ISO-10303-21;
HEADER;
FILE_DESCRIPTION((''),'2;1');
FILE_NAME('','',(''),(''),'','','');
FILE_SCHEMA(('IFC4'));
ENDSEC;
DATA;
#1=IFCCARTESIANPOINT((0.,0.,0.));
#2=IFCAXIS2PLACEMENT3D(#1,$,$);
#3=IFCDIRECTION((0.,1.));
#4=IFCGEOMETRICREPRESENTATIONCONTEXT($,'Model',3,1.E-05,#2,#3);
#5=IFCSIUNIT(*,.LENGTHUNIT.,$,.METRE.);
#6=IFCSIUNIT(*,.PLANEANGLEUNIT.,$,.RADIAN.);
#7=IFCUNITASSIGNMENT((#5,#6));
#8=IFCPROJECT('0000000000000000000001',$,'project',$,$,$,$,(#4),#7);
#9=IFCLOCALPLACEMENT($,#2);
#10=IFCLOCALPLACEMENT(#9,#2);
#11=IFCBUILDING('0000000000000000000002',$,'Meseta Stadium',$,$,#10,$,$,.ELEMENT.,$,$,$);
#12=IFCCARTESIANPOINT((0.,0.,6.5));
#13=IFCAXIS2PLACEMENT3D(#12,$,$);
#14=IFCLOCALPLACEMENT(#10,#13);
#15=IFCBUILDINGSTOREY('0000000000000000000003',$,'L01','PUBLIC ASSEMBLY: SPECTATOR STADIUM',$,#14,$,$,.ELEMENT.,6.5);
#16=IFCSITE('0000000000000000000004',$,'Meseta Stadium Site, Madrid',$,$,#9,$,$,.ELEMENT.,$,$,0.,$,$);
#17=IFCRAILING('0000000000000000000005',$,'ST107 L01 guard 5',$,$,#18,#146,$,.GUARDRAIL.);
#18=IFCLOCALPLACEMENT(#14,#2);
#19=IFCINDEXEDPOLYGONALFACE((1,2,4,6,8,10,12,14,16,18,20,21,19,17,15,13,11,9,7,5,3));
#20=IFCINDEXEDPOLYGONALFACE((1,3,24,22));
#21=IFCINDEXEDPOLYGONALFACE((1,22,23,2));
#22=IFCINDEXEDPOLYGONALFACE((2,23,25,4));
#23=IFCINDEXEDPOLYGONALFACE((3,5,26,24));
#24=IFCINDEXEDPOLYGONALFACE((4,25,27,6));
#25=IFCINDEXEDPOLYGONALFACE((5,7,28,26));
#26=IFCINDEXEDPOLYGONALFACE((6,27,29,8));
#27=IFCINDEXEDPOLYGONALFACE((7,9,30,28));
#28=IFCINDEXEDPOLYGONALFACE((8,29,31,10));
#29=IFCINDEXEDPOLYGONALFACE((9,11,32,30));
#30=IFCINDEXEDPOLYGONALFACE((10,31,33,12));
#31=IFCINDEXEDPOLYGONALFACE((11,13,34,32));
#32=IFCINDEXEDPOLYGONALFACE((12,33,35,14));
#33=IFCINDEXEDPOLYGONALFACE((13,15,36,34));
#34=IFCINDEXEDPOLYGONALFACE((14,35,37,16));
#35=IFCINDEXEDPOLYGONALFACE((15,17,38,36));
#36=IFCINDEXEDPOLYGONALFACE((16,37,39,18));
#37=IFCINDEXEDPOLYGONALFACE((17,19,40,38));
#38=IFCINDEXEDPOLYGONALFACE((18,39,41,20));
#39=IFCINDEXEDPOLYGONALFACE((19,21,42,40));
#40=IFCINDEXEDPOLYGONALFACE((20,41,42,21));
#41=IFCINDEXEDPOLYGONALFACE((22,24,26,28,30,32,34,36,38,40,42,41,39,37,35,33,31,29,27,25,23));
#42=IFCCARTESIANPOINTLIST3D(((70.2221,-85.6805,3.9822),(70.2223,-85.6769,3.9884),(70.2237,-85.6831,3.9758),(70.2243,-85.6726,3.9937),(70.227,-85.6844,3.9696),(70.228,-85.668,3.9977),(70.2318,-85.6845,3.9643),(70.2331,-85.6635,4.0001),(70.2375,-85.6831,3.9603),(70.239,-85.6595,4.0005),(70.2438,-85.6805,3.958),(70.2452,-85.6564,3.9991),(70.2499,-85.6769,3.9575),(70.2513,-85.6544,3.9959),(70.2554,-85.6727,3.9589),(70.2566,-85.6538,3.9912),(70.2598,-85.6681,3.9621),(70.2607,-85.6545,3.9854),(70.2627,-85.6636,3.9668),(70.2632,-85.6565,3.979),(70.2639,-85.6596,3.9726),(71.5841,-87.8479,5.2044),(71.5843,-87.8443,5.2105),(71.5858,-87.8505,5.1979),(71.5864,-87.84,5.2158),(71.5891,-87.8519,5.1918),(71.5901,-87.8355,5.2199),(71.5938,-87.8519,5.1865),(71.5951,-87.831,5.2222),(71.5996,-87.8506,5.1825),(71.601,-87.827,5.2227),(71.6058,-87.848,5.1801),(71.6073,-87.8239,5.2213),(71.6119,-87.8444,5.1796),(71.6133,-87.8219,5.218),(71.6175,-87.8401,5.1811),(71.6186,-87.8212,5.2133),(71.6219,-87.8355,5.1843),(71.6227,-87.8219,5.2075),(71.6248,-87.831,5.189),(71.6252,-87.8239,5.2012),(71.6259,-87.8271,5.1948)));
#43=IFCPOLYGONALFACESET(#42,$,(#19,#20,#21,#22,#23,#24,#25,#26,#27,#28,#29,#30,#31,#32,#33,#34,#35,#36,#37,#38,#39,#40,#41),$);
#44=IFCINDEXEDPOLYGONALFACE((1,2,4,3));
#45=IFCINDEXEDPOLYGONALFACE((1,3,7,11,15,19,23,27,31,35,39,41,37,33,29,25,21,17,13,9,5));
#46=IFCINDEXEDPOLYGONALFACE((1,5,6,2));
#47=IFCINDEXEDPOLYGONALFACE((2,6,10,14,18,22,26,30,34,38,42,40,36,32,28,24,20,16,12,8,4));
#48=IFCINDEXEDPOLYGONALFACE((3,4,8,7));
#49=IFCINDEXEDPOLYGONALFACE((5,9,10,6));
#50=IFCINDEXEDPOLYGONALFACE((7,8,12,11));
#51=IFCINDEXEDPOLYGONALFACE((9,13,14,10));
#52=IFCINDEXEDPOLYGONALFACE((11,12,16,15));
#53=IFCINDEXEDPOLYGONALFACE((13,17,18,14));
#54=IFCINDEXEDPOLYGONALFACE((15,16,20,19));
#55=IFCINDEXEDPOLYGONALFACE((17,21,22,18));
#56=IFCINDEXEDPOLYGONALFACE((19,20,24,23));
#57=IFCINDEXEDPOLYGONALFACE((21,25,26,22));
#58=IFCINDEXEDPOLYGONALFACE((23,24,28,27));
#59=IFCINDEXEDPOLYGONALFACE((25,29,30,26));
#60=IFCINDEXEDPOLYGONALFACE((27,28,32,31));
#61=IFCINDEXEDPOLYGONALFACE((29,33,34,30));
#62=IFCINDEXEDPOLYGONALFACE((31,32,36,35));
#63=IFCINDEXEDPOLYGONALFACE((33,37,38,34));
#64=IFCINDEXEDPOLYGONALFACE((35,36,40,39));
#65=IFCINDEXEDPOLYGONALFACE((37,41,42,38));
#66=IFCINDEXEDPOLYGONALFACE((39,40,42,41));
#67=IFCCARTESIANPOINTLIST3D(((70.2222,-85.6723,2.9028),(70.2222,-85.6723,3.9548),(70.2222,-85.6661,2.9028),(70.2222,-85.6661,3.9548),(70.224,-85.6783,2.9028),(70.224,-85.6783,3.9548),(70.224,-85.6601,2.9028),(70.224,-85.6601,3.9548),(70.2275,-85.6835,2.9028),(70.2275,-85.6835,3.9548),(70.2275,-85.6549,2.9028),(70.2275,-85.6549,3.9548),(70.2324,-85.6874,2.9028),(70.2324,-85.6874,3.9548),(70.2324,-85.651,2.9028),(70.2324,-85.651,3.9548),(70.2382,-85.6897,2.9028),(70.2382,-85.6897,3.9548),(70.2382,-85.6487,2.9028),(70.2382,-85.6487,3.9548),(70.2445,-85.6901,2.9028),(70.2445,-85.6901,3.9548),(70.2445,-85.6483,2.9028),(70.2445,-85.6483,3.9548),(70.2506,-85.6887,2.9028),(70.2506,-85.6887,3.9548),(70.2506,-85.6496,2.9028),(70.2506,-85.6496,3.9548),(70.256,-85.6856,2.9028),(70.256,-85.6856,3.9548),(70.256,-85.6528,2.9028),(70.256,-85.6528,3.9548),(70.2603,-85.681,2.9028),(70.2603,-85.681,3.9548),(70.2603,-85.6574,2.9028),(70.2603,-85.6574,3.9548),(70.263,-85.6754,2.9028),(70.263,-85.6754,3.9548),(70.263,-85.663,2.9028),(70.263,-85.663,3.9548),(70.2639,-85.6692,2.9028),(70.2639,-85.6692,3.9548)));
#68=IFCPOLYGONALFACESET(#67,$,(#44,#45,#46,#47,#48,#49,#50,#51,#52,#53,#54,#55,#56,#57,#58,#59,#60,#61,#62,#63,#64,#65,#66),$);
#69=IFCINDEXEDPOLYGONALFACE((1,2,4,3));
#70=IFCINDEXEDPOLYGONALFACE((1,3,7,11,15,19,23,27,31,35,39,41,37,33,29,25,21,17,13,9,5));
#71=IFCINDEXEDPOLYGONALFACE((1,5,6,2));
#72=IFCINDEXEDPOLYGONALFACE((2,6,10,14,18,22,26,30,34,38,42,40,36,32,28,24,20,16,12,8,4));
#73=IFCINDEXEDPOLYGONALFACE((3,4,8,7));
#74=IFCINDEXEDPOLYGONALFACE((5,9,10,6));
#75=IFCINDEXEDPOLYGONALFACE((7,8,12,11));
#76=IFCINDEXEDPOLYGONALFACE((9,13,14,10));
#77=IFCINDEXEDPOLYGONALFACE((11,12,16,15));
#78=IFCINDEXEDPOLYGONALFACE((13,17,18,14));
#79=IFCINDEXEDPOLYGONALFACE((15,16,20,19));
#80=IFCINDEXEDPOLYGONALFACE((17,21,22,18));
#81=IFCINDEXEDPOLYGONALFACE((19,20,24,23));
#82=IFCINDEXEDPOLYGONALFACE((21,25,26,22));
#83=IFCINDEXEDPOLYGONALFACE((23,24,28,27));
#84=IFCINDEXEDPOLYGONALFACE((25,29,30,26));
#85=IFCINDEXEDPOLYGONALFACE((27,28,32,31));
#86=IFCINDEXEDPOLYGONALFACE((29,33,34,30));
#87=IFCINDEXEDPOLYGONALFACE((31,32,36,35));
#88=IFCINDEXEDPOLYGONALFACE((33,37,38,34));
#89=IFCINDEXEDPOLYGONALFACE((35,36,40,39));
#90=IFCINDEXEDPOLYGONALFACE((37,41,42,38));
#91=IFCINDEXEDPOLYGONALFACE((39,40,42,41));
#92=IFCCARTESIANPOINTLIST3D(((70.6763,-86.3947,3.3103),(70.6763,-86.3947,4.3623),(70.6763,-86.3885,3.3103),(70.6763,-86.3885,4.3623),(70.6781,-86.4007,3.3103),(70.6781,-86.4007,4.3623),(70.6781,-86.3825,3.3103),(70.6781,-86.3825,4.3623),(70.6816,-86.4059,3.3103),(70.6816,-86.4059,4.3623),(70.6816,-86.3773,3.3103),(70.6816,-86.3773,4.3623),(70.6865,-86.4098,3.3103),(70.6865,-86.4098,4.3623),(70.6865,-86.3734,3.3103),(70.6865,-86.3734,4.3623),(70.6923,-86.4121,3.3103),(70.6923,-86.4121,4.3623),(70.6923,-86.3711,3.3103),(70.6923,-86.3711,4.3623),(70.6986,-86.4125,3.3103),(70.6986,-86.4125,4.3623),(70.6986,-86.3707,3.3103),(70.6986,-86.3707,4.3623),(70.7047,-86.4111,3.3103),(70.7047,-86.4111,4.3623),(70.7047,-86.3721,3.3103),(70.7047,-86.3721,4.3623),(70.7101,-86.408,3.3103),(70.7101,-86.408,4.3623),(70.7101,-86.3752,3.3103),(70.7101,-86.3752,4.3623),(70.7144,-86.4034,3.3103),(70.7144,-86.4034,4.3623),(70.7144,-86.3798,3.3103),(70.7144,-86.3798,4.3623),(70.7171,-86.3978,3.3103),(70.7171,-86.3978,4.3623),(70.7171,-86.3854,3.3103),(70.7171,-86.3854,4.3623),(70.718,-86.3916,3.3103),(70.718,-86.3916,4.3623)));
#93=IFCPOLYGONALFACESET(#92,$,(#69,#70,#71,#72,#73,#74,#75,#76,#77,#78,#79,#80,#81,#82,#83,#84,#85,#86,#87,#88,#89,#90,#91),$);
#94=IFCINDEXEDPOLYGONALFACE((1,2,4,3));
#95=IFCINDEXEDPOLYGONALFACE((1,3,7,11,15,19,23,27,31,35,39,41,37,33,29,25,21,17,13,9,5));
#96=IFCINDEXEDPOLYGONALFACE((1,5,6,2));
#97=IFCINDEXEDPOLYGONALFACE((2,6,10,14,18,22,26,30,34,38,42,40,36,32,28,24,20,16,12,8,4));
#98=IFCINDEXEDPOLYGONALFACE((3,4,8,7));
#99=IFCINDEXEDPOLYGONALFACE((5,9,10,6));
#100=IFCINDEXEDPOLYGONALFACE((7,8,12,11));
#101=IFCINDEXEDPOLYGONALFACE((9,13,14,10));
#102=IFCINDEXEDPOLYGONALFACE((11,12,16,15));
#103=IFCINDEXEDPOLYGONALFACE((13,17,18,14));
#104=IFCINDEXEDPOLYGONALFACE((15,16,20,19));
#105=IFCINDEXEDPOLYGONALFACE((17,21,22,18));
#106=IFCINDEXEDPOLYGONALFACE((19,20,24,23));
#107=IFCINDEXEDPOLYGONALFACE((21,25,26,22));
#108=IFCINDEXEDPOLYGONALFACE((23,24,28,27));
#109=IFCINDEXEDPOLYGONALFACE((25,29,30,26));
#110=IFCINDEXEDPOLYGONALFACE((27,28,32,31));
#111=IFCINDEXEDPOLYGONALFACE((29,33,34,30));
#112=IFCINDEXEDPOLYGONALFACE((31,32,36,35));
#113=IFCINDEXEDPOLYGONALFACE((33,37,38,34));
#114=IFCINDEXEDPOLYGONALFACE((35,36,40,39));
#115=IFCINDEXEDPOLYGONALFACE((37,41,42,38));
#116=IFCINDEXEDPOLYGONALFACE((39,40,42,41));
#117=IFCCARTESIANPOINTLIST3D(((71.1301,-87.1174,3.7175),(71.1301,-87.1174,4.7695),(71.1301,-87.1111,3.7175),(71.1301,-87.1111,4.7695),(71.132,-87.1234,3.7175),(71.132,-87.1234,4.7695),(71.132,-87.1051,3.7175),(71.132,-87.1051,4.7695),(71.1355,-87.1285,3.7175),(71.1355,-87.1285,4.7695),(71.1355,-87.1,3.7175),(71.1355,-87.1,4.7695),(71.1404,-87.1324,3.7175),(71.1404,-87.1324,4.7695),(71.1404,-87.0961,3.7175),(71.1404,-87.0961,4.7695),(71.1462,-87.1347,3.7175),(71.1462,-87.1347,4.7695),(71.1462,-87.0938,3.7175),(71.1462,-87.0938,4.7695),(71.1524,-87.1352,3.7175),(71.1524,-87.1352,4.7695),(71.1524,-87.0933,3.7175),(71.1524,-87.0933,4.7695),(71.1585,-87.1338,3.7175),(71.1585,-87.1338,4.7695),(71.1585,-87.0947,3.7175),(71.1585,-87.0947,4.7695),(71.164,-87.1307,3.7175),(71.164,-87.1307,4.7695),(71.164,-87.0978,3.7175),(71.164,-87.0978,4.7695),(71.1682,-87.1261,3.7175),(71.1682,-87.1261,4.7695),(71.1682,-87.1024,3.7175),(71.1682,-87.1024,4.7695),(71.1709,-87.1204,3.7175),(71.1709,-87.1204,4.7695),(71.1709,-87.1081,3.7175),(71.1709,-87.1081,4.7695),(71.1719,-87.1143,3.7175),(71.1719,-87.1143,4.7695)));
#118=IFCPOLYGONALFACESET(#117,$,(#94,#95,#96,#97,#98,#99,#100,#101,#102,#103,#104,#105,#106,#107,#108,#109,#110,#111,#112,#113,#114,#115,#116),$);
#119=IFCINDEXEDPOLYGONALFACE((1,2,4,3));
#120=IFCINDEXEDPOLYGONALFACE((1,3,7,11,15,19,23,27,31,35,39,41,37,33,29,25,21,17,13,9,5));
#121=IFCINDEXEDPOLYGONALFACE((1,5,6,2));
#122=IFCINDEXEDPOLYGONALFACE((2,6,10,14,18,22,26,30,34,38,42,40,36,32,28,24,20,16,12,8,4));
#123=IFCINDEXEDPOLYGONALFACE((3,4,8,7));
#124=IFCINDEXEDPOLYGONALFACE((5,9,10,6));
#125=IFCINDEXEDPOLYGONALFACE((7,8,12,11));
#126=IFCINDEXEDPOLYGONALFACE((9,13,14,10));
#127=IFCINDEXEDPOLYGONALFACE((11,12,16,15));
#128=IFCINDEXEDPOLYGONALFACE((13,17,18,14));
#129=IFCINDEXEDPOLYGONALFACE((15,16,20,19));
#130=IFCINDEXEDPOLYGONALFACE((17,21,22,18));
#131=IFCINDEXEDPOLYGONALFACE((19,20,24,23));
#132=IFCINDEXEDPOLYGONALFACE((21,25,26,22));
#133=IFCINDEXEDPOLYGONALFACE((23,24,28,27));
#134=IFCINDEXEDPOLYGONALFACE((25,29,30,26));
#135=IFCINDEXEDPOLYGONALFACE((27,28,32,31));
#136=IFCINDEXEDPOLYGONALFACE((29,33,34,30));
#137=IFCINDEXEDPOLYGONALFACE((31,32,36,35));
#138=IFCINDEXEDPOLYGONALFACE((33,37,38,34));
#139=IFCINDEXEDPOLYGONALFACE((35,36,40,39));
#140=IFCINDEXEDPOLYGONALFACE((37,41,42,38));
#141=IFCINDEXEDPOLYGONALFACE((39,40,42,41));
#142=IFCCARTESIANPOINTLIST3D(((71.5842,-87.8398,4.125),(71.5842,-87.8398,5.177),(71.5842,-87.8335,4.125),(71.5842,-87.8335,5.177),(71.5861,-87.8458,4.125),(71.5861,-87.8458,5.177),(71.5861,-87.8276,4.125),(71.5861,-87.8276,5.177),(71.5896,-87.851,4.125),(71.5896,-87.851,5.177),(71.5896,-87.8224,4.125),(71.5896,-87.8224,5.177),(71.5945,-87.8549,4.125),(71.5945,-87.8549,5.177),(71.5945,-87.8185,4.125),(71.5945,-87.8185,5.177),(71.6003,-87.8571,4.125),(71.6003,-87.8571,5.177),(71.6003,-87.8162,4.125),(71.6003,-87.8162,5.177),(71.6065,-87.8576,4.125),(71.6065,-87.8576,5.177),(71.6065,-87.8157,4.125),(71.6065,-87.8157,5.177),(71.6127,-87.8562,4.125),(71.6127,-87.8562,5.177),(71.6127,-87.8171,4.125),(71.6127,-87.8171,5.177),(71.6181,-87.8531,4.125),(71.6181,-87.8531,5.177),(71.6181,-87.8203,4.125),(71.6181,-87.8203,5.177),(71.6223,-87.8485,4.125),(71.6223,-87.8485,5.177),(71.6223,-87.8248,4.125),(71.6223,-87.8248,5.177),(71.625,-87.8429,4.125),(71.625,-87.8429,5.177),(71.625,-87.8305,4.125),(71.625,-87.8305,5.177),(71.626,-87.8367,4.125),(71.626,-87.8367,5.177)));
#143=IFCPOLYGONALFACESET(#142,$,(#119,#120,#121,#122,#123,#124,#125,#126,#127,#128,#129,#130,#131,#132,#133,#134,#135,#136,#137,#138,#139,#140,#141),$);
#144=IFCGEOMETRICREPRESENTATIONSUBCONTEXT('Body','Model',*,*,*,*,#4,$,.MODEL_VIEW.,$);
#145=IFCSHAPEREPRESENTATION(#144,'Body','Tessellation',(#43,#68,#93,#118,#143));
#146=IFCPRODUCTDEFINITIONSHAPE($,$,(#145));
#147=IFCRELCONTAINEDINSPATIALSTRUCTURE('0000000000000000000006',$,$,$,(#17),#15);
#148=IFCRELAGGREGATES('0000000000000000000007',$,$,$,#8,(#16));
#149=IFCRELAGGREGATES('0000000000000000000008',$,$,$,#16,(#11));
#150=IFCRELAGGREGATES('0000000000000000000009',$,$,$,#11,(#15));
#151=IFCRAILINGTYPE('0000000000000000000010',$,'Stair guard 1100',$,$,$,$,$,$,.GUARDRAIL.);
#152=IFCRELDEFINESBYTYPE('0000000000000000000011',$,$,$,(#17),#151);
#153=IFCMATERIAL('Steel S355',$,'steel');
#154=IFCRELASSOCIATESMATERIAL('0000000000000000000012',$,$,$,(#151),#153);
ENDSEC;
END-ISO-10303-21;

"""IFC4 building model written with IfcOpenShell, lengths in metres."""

from ifc_helpers import new_model, si_unit, direction, frame, origin, origin_2d, place, context, subcontext, project, spatial, circle, extrude, material, type_object, element, save


model = new_model("IFC4")

# Units and contexts
model_context = context("Model", 3, precision=1e-05, world=origin(), true_north=direction((0.0, 1.0)))
body_context = subcontext(model_context, "Body", "Model", "MODEL_VIEW")
ifc_project = project(units=[si_unit("LENGTHUNIT", "METRE"), si_unit("PLANEANGLEUNIT", "RADIAN")], contexts=[model_context])

# Site, building, storey
site_placement = place(None, origin())
site = spatial("IfcSite", under=ifc_project, at=site_placement, Name="Meseta Stadium Site, Madrid", CompositionType="ELEMENT", RefElevation=0.0)
building_placement = place(site_placement, origin())
building = spatial("IfcBuilding", under=site, at=building_placement, Name="Meseta Stadium", CompositionType="ELEMENT")
storey_placement = place(building_placement, frame((0.0, 0.0, 6.5)))
storey = spatial("IfcBuildingStorey", under=building, at=storey_placement, Name="L01", Description="PUBLIC ASSEMBLY: SPECTATOR STADIUM", CompositionType="ELEMENT", Elevation=6.5)

# Railing
ifc_material_1 = material(Name="Steel S355", Category="steel")
railing_type_1 = type_object("IfcRailingType", Name="Stair guard 1100", PredefinedType="GUARDRAIL", material=ifc_material_1)
railing_1_placement = place(storey_placement, frame((70.2429, -85.6692, 2.9028)))
element("IfcRailing", 1, at=railing_1_placement, inside=storey, type_object=railing_type_1, Name="ST107 L01 guard 5", PredefinedType="GUARDRAIL", context=body_context, shape_type="SweptSolid", body=[
    extrude(circle(Radius=0.0239, at=origin_2d()), frame((0.0, 0.0, 1.0762), z_axis=(0.480156, -0.764085, 0.430841), x_axis=(0.846699, 0.532072, 0.0)), (0.0, 0.0, 1.0), 2.8367),
    extrude(circle(Radius=0.021, at=origin_2d()), origin(), (0.0, 0.0, 1.0), 1.052),
    extrude(circle(Radius=0.021, at=origin_2d()), frame((0.4541, -0.7224, 0.4075)), (0.0, 0.0, 1.0), 1.052),
    extrude(circle(Radius=0.021, at=origin_2d()), frame((0.908, -1.4451, 0.8147)), (0.0, 0.0, 1.0), 1.052),
    extrude(circle(Radius=0.021, at=origin_2d()), frame((1.3621, -2.1675, 1.2222)), (0.0, 0.0, 1.0), 1.052),
])

save(model, "model.ifc")
